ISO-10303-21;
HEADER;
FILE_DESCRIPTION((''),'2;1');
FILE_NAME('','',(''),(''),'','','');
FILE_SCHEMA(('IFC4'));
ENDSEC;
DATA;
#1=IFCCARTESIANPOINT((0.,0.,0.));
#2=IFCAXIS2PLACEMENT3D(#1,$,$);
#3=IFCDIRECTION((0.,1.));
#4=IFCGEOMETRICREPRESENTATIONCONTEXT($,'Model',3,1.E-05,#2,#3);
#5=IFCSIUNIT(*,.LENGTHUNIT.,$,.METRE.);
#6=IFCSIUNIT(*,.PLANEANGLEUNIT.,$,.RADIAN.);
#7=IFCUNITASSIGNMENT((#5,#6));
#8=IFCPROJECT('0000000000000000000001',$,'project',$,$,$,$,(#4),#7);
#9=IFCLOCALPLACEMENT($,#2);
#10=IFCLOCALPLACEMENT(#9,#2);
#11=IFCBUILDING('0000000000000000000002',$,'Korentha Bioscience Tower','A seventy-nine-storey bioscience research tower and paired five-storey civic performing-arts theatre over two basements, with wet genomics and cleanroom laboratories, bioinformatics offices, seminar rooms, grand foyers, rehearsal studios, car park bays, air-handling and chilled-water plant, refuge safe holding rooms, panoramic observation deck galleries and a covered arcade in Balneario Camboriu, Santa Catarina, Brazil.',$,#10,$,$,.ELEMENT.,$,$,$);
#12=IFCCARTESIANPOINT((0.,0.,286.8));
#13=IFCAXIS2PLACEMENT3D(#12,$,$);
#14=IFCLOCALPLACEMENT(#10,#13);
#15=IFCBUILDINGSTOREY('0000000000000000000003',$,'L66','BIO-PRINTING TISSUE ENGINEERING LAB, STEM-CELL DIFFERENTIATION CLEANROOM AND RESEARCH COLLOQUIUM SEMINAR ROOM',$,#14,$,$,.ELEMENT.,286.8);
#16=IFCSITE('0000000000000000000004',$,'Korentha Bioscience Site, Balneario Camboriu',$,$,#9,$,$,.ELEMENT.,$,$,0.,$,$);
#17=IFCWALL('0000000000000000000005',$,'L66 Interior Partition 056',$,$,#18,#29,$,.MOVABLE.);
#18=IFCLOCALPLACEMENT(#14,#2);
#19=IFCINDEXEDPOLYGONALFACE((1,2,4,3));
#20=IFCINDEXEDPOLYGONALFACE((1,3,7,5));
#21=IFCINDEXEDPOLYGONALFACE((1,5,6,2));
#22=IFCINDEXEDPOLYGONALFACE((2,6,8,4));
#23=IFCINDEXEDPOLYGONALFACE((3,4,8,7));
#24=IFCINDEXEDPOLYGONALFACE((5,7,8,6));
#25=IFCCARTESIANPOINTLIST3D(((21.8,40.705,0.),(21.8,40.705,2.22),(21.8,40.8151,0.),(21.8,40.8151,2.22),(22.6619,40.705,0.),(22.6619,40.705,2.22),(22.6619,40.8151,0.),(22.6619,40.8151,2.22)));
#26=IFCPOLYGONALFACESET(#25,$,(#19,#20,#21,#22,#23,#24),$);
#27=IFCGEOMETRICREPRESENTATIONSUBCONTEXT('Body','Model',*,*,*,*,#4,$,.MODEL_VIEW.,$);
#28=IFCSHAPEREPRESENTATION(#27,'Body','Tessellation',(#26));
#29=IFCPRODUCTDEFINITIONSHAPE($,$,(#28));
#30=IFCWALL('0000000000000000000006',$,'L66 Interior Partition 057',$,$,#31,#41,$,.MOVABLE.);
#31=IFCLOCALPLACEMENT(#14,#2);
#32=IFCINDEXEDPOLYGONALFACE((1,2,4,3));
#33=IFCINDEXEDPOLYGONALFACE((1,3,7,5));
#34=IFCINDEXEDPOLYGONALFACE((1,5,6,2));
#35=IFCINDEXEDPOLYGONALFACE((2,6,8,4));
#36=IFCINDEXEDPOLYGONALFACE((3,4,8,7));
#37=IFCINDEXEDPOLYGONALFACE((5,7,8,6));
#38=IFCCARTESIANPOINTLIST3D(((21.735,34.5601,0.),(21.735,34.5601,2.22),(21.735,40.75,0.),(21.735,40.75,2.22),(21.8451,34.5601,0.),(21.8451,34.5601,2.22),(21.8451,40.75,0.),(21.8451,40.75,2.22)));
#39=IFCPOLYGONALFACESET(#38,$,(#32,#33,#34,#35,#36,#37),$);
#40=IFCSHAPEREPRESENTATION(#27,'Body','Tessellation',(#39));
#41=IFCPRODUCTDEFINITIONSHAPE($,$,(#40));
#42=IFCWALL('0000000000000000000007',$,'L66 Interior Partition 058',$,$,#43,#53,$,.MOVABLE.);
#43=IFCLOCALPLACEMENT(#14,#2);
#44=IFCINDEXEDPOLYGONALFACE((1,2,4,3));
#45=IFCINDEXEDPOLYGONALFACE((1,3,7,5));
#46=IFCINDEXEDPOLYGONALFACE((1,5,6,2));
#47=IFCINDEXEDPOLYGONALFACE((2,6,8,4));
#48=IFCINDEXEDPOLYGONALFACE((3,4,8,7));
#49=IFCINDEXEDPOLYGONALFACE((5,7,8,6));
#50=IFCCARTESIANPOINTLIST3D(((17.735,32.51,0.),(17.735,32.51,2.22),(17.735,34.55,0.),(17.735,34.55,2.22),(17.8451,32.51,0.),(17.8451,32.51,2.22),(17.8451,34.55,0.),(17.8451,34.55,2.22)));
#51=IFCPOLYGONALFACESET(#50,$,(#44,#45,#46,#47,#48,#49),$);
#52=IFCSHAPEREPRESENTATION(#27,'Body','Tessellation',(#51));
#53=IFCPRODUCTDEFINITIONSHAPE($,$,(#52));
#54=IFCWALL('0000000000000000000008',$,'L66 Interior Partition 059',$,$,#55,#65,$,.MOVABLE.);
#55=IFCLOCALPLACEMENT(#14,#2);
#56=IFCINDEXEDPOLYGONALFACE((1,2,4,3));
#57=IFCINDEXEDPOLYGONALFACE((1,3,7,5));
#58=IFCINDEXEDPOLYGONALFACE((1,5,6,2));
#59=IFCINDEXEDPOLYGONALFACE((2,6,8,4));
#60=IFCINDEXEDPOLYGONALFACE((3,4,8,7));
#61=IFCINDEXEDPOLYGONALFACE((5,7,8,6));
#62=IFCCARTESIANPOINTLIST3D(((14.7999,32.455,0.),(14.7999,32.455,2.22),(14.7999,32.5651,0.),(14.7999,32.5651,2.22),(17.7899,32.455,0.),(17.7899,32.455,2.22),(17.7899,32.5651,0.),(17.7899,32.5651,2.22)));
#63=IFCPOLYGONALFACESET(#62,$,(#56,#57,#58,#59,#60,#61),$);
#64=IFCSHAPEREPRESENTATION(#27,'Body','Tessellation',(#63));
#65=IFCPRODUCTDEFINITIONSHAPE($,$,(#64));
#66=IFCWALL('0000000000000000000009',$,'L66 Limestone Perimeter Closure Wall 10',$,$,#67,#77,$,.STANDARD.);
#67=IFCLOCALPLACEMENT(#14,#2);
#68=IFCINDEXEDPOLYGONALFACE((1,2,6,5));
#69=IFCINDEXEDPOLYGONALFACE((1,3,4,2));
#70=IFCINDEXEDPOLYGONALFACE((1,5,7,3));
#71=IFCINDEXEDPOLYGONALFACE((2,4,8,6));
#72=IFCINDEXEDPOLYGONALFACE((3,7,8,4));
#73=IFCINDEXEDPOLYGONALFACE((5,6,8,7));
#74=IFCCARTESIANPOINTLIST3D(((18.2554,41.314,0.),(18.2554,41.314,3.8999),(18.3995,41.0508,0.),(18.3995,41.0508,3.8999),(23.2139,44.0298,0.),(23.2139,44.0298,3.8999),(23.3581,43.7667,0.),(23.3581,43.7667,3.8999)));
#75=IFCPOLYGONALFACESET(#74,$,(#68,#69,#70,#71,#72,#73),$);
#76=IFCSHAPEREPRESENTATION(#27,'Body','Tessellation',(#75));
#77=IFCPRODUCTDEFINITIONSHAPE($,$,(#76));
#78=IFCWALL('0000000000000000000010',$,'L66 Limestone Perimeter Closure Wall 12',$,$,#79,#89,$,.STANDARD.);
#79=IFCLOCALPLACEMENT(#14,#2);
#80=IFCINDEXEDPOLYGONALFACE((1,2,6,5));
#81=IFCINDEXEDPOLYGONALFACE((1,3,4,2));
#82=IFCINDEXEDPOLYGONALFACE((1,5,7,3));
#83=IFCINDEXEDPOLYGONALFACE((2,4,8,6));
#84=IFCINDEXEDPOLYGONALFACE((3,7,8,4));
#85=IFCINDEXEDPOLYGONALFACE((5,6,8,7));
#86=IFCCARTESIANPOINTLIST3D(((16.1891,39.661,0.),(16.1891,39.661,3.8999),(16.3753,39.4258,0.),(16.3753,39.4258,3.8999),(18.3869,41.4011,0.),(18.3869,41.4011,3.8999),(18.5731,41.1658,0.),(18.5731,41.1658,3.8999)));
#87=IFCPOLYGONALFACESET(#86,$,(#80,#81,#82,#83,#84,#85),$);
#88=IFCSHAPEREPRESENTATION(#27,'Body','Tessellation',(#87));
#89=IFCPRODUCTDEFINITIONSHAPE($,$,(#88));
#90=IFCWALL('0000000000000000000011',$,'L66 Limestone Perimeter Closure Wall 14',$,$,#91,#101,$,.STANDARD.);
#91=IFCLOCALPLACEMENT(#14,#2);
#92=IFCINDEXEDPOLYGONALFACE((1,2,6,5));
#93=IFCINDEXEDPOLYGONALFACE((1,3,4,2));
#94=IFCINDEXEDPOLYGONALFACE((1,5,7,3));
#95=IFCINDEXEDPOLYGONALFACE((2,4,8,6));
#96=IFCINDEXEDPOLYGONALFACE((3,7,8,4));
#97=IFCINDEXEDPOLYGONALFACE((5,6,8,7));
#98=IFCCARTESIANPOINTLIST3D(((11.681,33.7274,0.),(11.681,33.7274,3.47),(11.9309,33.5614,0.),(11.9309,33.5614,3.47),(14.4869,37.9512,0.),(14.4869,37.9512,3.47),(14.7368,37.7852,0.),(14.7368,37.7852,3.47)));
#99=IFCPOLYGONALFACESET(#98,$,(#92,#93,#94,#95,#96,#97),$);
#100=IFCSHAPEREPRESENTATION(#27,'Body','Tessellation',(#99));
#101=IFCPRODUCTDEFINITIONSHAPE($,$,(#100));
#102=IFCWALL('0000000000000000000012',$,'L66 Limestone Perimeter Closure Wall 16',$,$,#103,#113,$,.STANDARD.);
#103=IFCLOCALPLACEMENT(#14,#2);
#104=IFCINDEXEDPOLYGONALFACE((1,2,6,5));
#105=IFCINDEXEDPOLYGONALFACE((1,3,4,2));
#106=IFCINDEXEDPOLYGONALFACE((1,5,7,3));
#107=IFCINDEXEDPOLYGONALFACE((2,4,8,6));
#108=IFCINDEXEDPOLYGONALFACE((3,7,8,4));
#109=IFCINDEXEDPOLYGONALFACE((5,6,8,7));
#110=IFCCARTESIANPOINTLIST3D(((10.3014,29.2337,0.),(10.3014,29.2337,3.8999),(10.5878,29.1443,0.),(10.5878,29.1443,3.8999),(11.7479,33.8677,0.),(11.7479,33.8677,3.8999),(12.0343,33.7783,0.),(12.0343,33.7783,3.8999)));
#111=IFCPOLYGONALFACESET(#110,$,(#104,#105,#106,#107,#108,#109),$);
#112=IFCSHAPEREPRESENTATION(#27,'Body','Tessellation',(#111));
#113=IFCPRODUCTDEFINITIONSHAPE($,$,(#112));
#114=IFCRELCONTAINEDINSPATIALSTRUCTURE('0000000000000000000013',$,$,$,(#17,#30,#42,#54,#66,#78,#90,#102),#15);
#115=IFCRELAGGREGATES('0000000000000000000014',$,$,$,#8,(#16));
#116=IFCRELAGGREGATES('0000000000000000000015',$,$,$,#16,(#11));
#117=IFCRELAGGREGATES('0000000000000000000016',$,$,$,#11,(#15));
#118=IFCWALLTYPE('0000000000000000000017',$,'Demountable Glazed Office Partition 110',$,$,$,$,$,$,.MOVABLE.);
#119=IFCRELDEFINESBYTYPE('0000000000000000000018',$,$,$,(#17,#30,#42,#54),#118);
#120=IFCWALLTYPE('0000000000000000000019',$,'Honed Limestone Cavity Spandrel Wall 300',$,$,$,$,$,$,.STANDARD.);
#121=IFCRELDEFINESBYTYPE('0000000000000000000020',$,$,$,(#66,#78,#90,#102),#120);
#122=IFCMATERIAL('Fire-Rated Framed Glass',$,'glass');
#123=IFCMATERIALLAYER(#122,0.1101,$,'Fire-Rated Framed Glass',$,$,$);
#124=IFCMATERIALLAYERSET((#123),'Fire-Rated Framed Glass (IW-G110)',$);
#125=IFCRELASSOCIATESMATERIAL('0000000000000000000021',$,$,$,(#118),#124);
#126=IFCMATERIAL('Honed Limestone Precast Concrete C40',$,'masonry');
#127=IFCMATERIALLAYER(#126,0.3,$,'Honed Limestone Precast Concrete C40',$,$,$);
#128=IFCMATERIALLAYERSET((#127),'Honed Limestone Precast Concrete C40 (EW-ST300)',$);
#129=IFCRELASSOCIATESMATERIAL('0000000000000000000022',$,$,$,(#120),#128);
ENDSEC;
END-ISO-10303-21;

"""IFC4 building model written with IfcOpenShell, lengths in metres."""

from ifc_helpers import new_model, si_unit, direction, frame, frame_2d, origin, place, context, subcontext, project, spatial, rectangle, extrude, material, layer, layer_set, type_object, element, save


model = new_model("IFC4")

# Units and contexts
model_context = context("Model", 3, precision=1e-05, world=origin(), true_north=direction((0.0, 1.0)))
body_context = subcontext(model_context, "Body", "Model", "MODEL_VIEW")
ifc_project = project(units=[si_unit("LENGTHUNIT", "METRE"), si_unit("PLANEANGLEUNIT", "RADIAN")], contexts=[model_context])

# Site, building, storey
site_placement = place(None, origin())
site = spatial("IfcSite", under=ifc_project, at=site_placement, Name="Korentha Bioscience Site, Balneario Camboriu", CompositionType="ELEMENT", RefElevation=0.0)
building_placement = place(site_placement, origin())
building = spatial("IfcBuilding", under=site, at=building_placement, Name="Korentha Bioscience Tower", Description="A seventy-nine-storey bioscience research tower and paired five-storey civic performing-arts theatre over two basements, with wet genomics and cleanroom laboratories, bioinformatics offices, seminar rooms, grand foyers, rehearsal studios, car park bays, air-handling and chilled-water plant, refuge safe holding rooms, panoramic observation deck galleries and a covered arcade in Balneario Camboriu, Santa Catarina, Brazil.", CompositionType="ELEMENT")
storey_placement = place(building_placement, frame((0.0, 0.0, 286.8)))
storey = spatial("IfcBuildingStorey", under=building, at=storey_placement, Name="L66", Description="BIO-PRINTING TISSUE ENGINEERING LAB, STEM-CELL DIFFERENTIATION CLEANROOM AND RESEARCH COLLOQUIUM SEMINAR ROOM", CompositionType="ELEMENT", Elevation=286.8)

# Shared definitions
ifc_material_1 = material(Name="Fire-Rated Framed Glass", Category="glass")
ifc_layer_1 = layer(ifc_material_1, 0.1101, Name="Fire-Rated Framed Glass")
ifc_layer_set_1 = layer_set([ifc_layer_1], Name="Fire-Rated Framed Glass (IW-G110)")
wall_type_1 = type_object("IfcWallType", Name="Demountable Glazed Office Partition 110", PredefinedType="MOVABLE", material=ifc_layer_set_1)

# Walls
wall_1_placement = place(storey_placement, frame((22.6619, 40.76, 0.0), z_axis=(0.0, 0.0, 1.0), x_axis=(-1.0, 0.0, 0.0)))
element("IfcWall", 1, at=wall_1_placement, inside=storey, type_object=wall_type_1, Name="L66 Interior Partition 056", PredefinedType="MOVABLE", context=body_context, shape_type="SweptSolid", body=[
    extrude(rectangle(XDim=0.8618, YDim=0.1101, at=frame_2d((0.4309, 0.0))), origin(), (0.0, 0.0, 1.0), 2.22),
])
wall_2_placement = place(storey_placement, frame((21.79, 40.75, 0.0), z_axis=(0.0, 0.0, 1.0), x_axis=(0.0, -1.0, 0.0)))
element("IfcWall", 2, at=wall_2_placement, inside=storey, type_object=wall_type_1, Name="L66 Interior Partition 057", PredefinedType="MOVABLE", context=body_context, shape_type="SweptSolid", body=[
    extrude(rectangle(XDim=6.1899, YDim=0.1101, at=frame_2d((3.095, 0.0))), origin(), (0.0, 0.0, 1.0), 2.22),
])
wall_3_placement = place(storey_placement, frame((17.79, 34.55, 0.0), z_axis=(0.0, 0.0, 1.0), x_axis=(0.0, -1.0, 0.0)))
element("IfcWall", 3, at=wall_3_placement, inside=storey, type_object=wall_type_1, Name="L66 Interior Partition 058", PredefinedType="MOVABLE", context=body_context, shape_type="SweptSolid", body=[
    extrude(rectangle(XDim=2.04, YDim=0.1101, at=frame_2d((1.02, 0.0))), origin(), (0.0, 0.0, 1.0), 2.22),
])
wall_4_placement = place(storey_placement, frame((17.79, 32.51, 0.0), z_axis=(0.0, 0.0, 1.0), x_axis=(-1.0, 0.0, 0.0)))
element("IfcWall", 4, at=wall_4_placement, inside=storey, type_object=wall_type_1, Name="L66 Interior Partition 059", PredefinedType="MOVABLE", context=body_context, shape_type="SweptSolid", body=[
    extrude(rectangle(XDim=2.99, YDim=0.1101, at=frame_2d((1.4951, 0.0))), origin(), (0.0, 0.0, 1.0), 2.22),
])

# Shared definitions
ifc_material_2 = material(Name="Honed Limestone Precast Concrete C40", Category="masonry")
ifc_layer_2 = layer(ifc_material_2, 0.3, Name="Honed Limestone Precast Concrete C40")
ifc_layer_set_2 = layer_set([ifc_layer_2], Name="Honed Limestone Precast Concrete C40 (EW-ST300)")
wall_type_2 = type_object("IfcWallType", Name="Honed Limestone Cavity Spandrel Wall 300", PredefinedType="STANDARD", material=ifc_layer_set_2)

# Walls
wall_5_placement = place(storey_placement, frame((23.2859, 43.8982, 0.0), z_axis=(0.0, 0.0, 1.0), x_axis=(-0.877062, -0.480376, 0.0)))
element("IfcWall", 5, at=wall_5_placement, inside=storey, type_object=wall_type_2, Name="L66 Limestone Perimeter Closure Wall 10", PredefinedType="STANDARD", context=body_context, shape_type="SweptSolid", body=[
    extrude(rectangle(XDim=5.6536, YDim=0.3, at=frame_2d((2.8267, 0.0))), origin(), (0.0, 0.0, 1.0), 3.8999),
])
wall_6_placement = place(storey_placement, frame((18.48, 41.2834, 0.0), z_axis=(0.0, 0.0, 1.0), x_axis=(-0.784028, -0.620725, 0.0)))
element("IfcWall", 6, at=wall_6_placement, inside=storey, type_object=wall_type_2, Name="L66 Limestone Perimeter Closure Wall 12", PredefinedType="STANDARD", context=body_context, shape_type="SweptSolid", body=[
    extrude(rectangle(XDim=2.8032, YDim=0.3, at=frame_2d((1.4016, 0.0))), origin(), (0.0, 0.0, 1.0), 3.8999),
])
wall_7_placement = place(storey_placement, frame((14.6118, 37.8682, 0.0), z_axis=(0.0, 0.0, 1.0), x_axis=(-0.553333, -0.83296, 0.0)))
element("IfcWall", 7, at=wall_7_placement, inside=storey, type_object=wall_type_2, Name="L66 Limestone Perimeter Closure Wall 14", PredefinedType="STANDARD", context=body_context, shape_type="SweptSolid", body=[
    extrude(rectangle(XDim=5.0708, YDim=0.3, at=frame_2d((2.5354, 0.0))), origin(), (0.0, 0.0, 1.0), 3.47),
])
wall_8_placement = place(storey_placement, frame((11.8911, 33.823, 0.0), z_axis=(0.0, 0.0, 1.0), x_axis=(-0.297974, -0.954574, 0.0)))
element("IfcWall", 8, at=wall_8_placement, inside=storey, type_object=wall_type_2, Name="L66 Limestone Perimeter Closure Wall 16", PredefinedType="STANDARD", context=body_context, shape_type="SweptSolid", body=[
    extrude(rectangle(XDim=4.8545, YDim=0.3, at=frame_2d((2.4272, 0.0))), origin(), (0.0, 0.0, 1.0), 3.8999),
])

save(model, "model.ifc")
